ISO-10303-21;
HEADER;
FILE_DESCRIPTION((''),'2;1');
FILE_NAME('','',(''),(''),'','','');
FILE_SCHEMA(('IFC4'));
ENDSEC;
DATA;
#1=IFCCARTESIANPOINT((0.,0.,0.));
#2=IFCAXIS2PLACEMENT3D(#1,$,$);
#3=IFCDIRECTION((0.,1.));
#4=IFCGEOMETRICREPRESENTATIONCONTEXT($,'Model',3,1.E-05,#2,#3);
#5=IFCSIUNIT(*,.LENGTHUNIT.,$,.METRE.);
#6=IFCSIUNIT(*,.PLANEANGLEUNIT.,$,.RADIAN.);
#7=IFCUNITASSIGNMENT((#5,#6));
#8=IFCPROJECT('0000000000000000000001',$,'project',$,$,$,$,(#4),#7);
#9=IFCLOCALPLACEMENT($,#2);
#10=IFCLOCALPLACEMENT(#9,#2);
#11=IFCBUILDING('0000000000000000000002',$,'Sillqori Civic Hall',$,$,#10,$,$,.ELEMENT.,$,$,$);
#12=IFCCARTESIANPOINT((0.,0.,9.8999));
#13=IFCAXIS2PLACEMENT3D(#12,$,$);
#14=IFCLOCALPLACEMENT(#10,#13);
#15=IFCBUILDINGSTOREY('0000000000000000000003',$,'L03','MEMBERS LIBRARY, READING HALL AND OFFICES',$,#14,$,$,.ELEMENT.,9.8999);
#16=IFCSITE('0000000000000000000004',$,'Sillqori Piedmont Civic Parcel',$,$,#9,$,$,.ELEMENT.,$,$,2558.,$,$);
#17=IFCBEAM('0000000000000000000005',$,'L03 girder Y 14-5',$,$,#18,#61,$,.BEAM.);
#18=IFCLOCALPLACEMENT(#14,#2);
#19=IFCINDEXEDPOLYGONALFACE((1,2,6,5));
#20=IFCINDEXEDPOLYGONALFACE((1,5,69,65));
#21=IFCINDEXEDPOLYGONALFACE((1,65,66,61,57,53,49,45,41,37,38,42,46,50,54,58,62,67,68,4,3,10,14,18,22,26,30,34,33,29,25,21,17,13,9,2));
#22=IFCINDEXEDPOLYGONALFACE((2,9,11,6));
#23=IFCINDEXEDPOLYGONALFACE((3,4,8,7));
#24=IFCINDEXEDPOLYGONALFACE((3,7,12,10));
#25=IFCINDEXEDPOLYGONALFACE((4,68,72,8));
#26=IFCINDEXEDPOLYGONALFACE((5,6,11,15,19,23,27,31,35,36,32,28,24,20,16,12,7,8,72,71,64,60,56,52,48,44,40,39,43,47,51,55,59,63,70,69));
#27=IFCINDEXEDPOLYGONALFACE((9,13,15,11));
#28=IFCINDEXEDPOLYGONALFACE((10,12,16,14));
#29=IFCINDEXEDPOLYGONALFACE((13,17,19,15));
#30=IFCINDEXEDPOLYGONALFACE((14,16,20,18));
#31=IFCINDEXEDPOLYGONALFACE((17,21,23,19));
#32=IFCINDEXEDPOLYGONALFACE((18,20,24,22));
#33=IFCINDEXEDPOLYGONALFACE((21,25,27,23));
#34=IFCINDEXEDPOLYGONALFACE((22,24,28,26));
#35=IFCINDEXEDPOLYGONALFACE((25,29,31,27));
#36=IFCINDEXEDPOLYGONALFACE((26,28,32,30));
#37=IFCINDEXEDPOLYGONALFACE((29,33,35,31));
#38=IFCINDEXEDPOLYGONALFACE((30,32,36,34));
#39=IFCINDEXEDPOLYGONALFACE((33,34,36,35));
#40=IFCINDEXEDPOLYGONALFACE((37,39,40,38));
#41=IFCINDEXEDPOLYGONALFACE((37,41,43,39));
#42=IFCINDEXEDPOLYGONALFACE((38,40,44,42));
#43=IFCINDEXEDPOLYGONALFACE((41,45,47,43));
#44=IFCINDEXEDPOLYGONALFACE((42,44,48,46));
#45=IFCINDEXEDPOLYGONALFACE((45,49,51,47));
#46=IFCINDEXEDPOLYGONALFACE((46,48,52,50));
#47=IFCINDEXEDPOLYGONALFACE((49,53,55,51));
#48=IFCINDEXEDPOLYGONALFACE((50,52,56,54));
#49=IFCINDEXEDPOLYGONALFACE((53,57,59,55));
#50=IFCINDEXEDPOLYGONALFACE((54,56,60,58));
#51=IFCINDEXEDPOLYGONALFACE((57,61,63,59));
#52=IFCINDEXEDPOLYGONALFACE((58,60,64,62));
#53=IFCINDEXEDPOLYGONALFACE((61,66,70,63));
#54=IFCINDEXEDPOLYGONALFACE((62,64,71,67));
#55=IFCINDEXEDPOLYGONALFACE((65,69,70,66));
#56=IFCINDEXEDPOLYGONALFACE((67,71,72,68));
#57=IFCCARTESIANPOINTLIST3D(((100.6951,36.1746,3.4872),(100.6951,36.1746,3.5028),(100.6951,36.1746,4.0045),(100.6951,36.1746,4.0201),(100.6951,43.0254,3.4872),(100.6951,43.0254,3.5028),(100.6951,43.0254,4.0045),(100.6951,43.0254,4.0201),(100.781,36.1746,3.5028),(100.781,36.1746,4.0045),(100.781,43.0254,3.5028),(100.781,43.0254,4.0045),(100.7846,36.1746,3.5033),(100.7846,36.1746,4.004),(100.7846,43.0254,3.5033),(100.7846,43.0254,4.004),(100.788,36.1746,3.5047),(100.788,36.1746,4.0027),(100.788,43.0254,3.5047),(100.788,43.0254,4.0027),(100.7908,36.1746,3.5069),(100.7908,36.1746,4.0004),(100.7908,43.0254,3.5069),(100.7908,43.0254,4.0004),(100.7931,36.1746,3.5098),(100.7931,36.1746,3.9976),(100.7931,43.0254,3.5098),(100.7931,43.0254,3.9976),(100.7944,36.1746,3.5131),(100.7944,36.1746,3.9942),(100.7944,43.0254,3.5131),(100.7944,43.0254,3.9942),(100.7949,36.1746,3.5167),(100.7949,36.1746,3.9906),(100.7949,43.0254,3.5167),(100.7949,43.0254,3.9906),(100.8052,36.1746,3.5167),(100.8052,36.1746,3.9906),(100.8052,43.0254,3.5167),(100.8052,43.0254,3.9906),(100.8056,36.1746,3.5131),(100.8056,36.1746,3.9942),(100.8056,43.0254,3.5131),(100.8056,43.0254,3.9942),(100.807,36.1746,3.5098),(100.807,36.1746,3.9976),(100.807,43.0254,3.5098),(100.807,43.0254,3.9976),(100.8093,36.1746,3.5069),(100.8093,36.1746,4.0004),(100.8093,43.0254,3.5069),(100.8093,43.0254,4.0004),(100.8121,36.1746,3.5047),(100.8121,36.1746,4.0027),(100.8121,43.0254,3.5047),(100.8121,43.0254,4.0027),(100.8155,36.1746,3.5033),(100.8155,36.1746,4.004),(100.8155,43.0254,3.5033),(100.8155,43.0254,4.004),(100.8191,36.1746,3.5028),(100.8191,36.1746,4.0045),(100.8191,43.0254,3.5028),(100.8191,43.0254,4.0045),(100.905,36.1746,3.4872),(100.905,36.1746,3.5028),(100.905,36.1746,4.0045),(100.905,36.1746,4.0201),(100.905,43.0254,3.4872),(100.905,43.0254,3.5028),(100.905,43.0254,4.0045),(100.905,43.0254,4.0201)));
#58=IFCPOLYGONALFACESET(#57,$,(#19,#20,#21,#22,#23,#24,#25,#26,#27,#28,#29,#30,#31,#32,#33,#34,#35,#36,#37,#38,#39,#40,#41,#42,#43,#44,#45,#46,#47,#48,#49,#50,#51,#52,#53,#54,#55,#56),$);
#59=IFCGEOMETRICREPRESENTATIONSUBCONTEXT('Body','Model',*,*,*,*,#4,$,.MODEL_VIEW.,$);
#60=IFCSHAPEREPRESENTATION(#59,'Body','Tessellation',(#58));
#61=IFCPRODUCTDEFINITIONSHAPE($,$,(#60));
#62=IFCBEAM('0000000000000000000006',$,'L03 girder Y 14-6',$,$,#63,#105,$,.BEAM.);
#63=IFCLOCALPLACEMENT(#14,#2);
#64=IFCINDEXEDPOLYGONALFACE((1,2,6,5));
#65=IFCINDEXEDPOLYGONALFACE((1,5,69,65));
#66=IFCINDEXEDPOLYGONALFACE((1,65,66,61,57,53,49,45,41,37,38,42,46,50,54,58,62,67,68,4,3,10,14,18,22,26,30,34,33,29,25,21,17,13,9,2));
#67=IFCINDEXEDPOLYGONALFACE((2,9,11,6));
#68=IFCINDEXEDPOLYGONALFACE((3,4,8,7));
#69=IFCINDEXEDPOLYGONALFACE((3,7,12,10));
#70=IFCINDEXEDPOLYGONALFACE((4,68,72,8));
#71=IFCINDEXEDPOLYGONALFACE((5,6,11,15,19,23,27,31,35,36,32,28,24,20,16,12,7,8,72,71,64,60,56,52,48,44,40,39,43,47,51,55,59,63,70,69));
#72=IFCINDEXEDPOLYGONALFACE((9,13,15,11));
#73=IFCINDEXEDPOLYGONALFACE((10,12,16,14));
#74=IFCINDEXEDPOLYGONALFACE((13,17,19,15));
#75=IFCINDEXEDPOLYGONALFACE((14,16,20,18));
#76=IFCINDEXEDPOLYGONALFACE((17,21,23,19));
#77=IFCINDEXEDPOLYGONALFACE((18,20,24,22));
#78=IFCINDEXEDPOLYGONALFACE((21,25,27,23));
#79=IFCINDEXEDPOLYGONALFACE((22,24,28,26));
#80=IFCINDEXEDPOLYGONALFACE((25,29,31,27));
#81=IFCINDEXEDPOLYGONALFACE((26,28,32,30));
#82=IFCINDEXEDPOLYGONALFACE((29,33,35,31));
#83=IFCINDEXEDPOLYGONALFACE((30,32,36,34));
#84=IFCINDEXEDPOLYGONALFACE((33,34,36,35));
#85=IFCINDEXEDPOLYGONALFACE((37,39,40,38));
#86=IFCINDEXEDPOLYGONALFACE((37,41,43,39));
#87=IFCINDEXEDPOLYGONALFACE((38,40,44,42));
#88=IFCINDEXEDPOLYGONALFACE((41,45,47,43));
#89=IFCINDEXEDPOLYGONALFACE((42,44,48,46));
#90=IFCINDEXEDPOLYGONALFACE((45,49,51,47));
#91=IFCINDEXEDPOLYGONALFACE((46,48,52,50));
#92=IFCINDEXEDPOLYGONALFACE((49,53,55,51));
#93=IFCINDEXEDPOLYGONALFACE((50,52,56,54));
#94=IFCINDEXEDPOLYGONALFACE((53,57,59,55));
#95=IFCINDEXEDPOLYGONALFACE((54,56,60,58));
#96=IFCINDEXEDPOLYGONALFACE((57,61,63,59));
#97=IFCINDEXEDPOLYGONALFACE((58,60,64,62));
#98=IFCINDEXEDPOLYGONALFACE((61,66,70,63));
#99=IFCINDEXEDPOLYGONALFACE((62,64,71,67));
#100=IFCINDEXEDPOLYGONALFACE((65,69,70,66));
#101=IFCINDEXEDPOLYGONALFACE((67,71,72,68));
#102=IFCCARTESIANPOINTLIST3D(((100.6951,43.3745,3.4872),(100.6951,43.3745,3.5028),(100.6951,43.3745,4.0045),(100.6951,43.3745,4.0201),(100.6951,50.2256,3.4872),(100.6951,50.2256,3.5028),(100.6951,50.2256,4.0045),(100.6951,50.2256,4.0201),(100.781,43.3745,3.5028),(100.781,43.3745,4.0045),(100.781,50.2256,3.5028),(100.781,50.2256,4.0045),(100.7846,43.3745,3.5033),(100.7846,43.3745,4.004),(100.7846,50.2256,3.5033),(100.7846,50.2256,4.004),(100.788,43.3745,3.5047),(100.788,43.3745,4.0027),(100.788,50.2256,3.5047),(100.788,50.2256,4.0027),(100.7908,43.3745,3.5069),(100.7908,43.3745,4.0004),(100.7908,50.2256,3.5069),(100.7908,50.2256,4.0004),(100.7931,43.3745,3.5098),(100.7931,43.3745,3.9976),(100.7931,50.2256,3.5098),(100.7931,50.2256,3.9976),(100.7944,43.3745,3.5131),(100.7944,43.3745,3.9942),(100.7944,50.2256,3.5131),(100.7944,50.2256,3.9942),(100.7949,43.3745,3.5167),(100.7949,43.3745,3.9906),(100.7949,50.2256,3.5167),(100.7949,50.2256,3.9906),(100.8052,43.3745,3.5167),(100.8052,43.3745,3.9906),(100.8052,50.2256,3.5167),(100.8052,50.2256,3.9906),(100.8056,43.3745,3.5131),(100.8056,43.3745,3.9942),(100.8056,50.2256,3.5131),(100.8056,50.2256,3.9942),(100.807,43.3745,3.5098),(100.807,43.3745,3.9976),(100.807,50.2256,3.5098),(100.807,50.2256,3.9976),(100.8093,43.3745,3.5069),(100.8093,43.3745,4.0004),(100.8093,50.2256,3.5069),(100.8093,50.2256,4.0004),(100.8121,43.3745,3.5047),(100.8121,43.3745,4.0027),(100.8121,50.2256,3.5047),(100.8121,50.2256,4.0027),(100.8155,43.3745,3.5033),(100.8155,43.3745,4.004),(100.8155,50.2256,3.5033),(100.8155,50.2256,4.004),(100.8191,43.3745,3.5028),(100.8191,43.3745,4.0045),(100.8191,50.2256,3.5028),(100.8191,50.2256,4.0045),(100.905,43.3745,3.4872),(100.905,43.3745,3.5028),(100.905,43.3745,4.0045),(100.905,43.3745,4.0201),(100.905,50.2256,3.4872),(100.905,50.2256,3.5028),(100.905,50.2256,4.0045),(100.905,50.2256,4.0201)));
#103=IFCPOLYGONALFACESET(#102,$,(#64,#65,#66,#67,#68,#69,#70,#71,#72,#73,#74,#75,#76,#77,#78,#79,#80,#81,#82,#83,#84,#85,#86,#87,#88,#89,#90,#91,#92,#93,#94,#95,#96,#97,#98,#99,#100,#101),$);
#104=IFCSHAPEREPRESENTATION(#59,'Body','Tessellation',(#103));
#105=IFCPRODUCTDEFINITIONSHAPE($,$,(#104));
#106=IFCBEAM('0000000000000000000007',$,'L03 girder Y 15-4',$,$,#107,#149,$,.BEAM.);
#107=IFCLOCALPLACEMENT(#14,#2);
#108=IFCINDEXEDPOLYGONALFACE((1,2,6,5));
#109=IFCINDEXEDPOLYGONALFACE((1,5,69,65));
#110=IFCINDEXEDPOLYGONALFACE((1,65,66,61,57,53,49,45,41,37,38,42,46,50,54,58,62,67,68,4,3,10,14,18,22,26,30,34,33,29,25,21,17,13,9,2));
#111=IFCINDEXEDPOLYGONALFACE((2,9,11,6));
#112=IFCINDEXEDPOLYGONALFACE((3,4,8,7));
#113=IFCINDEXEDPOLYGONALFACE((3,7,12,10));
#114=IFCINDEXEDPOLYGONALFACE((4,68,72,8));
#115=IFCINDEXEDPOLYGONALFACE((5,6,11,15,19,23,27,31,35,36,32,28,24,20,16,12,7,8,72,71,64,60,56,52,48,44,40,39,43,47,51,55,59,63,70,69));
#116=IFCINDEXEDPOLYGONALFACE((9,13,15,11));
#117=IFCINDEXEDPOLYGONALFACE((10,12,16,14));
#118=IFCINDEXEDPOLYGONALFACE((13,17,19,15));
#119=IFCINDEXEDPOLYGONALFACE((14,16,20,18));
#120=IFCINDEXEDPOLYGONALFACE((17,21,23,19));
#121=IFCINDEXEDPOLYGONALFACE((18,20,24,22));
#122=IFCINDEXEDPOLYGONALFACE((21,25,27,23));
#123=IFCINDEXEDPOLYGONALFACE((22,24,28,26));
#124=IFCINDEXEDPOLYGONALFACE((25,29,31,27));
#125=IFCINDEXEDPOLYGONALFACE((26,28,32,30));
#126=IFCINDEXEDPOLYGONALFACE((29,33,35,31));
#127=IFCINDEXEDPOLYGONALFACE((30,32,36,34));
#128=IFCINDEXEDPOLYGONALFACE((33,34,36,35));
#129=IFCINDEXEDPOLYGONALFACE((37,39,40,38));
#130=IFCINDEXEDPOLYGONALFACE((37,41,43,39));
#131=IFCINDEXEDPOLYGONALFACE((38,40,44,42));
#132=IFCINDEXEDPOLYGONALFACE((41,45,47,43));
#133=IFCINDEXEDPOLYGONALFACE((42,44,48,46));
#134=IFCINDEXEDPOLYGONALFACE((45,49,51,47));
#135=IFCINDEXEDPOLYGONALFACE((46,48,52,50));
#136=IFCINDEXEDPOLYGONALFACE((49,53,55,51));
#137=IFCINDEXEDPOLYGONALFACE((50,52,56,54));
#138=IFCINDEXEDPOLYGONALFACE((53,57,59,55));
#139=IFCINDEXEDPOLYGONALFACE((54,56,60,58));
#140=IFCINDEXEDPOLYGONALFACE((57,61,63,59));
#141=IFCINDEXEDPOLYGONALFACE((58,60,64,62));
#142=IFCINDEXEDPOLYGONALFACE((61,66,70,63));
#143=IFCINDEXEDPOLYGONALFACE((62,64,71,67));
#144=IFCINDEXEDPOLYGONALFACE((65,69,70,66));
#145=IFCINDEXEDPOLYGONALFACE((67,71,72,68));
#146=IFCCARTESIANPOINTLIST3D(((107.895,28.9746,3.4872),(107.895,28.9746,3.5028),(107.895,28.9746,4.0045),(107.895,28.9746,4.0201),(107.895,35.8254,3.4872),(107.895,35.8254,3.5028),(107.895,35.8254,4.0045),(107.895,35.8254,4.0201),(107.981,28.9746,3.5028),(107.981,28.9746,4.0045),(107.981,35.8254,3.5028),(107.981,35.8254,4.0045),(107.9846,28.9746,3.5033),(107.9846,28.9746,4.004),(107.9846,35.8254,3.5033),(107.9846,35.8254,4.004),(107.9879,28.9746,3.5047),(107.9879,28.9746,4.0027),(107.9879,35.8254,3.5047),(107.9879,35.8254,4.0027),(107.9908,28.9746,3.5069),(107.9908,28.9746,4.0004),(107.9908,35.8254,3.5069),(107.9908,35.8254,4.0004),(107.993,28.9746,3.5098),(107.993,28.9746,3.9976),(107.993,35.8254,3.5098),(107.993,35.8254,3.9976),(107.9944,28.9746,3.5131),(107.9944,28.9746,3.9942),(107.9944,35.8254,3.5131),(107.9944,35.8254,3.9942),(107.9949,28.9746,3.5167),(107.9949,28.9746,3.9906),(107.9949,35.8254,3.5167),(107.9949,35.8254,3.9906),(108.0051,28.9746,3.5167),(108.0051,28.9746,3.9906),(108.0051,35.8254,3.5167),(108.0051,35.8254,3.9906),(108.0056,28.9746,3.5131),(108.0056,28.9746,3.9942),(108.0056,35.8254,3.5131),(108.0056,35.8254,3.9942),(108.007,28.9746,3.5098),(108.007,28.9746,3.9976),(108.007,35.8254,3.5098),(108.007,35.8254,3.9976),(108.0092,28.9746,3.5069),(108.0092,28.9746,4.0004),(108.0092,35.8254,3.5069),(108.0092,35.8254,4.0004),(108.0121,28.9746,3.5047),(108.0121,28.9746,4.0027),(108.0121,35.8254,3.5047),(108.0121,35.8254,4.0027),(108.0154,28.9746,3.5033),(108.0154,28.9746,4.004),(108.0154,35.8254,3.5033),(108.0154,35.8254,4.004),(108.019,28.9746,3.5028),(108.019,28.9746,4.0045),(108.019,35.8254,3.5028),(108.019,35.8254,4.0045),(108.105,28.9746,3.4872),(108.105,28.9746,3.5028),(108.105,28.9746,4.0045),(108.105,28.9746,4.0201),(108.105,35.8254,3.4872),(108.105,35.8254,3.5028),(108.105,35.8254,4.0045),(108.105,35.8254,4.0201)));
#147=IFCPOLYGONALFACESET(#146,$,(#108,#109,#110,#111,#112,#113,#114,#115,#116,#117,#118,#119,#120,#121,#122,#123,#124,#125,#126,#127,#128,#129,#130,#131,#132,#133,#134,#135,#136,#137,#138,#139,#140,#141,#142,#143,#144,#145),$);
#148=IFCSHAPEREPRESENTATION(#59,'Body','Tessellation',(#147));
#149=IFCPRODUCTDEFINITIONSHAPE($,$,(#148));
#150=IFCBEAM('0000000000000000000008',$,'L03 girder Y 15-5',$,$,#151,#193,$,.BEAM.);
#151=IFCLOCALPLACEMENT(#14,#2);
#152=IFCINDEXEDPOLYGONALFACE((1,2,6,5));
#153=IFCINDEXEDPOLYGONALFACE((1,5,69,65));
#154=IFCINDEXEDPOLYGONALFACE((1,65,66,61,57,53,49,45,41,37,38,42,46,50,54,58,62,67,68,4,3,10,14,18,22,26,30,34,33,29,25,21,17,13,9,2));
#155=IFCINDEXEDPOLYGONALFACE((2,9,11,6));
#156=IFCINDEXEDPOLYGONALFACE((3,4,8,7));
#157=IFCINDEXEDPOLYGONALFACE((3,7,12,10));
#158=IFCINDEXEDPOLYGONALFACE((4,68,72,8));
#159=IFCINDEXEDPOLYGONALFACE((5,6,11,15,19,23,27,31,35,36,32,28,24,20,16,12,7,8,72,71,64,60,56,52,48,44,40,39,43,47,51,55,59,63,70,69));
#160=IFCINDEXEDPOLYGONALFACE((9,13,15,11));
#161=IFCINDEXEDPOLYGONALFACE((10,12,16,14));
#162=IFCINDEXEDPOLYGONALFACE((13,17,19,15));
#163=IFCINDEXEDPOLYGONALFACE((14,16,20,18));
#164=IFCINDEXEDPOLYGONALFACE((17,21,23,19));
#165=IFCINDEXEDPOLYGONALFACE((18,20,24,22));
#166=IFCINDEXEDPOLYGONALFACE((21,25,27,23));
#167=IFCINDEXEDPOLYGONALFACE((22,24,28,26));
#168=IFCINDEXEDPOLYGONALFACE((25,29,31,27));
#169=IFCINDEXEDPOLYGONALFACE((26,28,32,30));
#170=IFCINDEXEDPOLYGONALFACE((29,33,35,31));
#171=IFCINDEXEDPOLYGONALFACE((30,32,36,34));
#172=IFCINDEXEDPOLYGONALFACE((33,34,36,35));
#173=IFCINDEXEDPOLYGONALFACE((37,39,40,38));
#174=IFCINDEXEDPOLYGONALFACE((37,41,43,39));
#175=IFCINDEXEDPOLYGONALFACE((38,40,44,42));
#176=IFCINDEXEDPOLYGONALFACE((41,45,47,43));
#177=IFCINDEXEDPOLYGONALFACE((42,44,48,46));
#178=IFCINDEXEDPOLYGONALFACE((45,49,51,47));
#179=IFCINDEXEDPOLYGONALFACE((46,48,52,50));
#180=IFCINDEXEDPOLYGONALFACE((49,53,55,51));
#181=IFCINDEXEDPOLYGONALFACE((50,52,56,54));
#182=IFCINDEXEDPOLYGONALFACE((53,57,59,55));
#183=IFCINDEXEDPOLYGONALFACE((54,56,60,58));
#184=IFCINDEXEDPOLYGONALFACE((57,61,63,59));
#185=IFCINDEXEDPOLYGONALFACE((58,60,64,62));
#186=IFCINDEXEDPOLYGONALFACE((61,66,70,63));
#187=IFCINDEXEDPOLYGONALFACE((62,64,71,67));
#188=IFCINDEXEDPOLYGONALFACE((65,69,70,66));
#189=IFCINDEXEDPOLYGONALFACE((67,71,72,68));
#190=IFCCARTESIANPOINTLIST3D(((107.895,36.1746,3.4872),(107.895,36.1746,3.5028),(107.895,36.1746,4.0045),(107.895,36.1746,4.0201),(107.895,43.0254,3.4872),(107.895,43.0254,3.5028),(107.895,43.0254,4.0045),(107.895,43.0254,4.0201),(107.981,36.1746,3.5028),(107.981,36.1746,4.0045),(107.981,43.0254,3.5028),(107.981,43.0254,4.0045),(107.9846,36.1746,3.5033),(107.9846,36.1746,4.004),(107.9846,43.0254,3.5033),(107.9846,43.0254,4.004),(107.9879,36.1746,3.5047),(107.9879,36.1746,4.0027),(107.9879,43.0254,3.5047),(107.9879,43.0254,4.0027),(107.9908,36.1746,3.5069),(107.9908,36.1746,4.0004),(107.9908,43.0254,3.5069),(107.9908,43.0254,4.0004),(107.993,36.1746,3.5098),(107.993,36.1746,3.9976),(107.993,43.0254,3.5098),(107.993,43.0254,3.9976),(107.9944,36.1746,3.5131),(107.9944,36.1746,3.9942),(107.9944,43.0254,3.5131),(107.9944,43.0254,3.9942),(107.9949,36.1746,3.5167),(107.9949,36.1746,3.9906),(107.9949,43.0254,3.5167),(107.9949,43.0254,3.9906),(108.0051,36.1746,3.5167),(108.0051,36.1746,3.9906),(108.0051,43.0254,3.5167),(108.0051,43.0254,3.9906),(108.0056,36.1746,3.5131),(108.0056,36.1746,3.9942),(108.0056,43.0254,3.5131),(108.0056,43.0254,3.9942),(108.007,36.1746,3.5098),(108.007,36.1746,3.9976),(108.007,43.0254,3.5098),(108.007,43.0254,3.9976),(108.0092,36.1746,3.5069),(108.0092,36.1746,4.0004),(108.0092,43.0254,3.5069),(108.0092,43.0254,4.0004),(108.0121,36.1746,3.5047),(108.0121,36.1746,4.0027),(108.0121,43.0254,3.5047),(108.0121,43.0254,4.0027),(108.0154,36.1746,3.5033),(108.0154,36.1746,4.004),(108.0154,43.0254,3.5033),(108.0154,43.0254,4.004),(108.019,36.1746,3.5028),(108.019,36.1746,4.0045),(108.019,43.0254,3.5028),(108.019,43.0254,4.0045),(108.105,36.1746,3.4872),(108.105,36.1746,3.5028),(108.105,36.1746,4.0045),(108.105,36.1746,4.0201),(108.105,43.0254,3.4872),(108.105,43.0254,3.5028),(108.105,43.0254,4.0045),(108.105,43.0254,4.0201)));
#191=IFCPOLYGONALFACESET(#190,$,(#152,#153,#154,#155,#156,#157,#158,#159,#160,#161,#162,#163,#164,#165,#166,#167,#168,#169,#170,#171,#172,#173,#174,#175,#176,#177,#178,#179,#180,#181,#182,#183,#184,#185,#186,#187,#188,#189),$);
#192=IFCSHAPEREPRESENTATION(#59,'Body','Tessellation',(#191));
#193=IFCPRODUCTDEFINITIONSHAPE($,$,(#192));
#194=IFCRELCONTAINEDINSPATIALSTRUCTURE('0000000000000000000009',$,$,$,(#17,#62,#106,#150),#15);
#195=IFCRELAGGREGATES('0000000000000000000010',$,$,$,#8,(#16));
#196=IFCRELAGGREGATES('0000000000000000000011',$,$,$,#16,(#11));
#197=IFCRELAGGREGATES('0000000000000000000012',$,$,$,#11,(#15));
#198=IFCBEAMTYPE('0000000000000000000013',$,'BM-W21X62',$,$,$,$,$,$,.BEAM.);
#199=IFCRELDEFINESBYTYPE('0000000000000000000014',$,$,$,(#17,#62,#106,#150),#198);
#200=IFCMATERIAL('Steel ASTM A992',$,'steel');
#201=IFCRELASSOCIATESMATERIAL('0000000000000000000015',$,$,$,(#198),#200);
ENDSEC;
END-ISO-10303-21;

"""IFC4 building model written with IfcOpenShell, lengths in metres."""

from ifc_helpers import new_model, si_unit, direction, frame, origin, origin_2d, place, context, subcontext, project, spatial, i_section, extrude, material, material_profile, profile_set, type_object, element, save


model = new_model("IFC4")

# Units and contexts
model_context = context("Model", 3, precision=1e-05, world=origin(), true_north=direction((0.0, 1.0)))
body_context = subcontext(model_context, "Body", "Model", "MODEL_VIEW")
ifc_project = project(units=[si_unit("LENGTHUNIT", "METRE"), si_unit("PLANEANGLEUNIT", "RADIAN")], contexts=[model_context])

# Site, building, storey
site_placement = place(None, origin())
site = spatial("IfcSite", under=ifc_project, at=site_placement, Name="Sillqori Piedmont Civic Parcel", CompositionType="ELEMENT", RefElevation=2558.0)
building_placement = place(site_placement, origin())
building = spatial("IfcBuilding", under=site, at=building_placement, Name="Sillqori Civic Hall", CompositionType="ELEMENT")
storey_placement = place(building_placement, frame((0.0, 0.0, 9.8999)))
storey = spatial("IfcBuildingStorey", under=building, at=storey_placement, Name="L03", Description="MEMBERS LIBRARY, READING HALL AND OFFICES", CompositionType="ELEMENT", Elevation=9.8999)

# Shared definitions
ifc_material_1 = material(Name="Steel ASTM A992", Category="steel")

# Beams
ifc_material_profile_1 = material_profile(ifc_material_1, i_section(OverallWidth=0.21, OverallDepth=0.533, WebThickness=0.0103, FlangeThickness=0.0156, FilletRadius=0.0139, at=origin_2d()), Name="W21X62")
ifc_profile_set_1 = profile_set([ifc_material_profile_1], Name="Steel ASTM A992")
beam_type_1 = type_object("IfcBeamType", Name="BM-W21X62", PredefinedType="BEAM", material=ifc_profile_set_1)
for number, where, z_axis, x_axis, name in (
    (1, (100.8, 36.1746, 3.7537), (0.0, 1.0, 0.0), (-1.0, 0.0, 0.0), "L03 girder Y 14-5"),
):
    element("IfcBeam", number, at=place(storey_placement, frame(where, z_axis=z_axis, x_axis=x_axis)), inside=storey, type_object=beam_type_1, Name=name, PredefinedType="BEAM", context=body_context, shape_type="SweptSolid", body=[
        extrude(i_section(OverallWidth=0.21, OverallDepth=0.533, WebThickness=0.0103, FlangeThickness=0.0156, FilletRadius=0.0139, at=origin_2d()), origin(), (0.0, 0.0, 1.0), 6.8508),
    ])
beam_1_placement = place(storey_placement, frame((100.8, 43.3745, 3.7537), z_axis=(0.0, 1.0, 0.0), x_axis=(-1.0, 0.0, 0.0)))
element("IfcBeam", 2, at=beam_1_placement, inside=storey, type_object=beam_type_1, Name="L03 girder Y 14-6", PredefinedType="BEAM", context=body_context, shape_type="SweptSolid", body=[
    extrude(i_section(OverallWidth=0.21, OverallDepth=0.533, WebThickness=0.0103, FlangeThickness=0.0156, FilletRadius=0.0139, at=origin_2d()), origin(), (0.0, 0.0, 1.0), 6.8511),
])
for number, where, z_axis, x_axis, name in (
    (3, (108.0, 28.9746, 3.7537), (0.0, 1.0, 0.0), (-1.0, 0.0, 0.0), "L03 girder Y 15-4"),
    (4, (108.0, 36.1746, 3.7537), (0.0, 1.0, 0.0), (-1.0, 0.0, 0.0), "L03 girder Y 15-5"),
):
    element("IfcBeam", number, at=place(storey_placement, frame(where, z_axis=z_axis, x_axis=x_axis)), inside=storey, type_object=beam_type_1, Name=name, PredefinedType="BEAM", context=body_context, shape_type="SweptSolid", body=[
        extrude(i_section(OverallWidth=0.21, OverallDepth=0.533, WebThickness=0.0103, FlangeThickness=0.0156, FilletRadius=0.0139, at=origin_2d()), origin(), (0.0, 0.0, 1.0), 6.8508),
    ])

save(model, "model.ifc")
